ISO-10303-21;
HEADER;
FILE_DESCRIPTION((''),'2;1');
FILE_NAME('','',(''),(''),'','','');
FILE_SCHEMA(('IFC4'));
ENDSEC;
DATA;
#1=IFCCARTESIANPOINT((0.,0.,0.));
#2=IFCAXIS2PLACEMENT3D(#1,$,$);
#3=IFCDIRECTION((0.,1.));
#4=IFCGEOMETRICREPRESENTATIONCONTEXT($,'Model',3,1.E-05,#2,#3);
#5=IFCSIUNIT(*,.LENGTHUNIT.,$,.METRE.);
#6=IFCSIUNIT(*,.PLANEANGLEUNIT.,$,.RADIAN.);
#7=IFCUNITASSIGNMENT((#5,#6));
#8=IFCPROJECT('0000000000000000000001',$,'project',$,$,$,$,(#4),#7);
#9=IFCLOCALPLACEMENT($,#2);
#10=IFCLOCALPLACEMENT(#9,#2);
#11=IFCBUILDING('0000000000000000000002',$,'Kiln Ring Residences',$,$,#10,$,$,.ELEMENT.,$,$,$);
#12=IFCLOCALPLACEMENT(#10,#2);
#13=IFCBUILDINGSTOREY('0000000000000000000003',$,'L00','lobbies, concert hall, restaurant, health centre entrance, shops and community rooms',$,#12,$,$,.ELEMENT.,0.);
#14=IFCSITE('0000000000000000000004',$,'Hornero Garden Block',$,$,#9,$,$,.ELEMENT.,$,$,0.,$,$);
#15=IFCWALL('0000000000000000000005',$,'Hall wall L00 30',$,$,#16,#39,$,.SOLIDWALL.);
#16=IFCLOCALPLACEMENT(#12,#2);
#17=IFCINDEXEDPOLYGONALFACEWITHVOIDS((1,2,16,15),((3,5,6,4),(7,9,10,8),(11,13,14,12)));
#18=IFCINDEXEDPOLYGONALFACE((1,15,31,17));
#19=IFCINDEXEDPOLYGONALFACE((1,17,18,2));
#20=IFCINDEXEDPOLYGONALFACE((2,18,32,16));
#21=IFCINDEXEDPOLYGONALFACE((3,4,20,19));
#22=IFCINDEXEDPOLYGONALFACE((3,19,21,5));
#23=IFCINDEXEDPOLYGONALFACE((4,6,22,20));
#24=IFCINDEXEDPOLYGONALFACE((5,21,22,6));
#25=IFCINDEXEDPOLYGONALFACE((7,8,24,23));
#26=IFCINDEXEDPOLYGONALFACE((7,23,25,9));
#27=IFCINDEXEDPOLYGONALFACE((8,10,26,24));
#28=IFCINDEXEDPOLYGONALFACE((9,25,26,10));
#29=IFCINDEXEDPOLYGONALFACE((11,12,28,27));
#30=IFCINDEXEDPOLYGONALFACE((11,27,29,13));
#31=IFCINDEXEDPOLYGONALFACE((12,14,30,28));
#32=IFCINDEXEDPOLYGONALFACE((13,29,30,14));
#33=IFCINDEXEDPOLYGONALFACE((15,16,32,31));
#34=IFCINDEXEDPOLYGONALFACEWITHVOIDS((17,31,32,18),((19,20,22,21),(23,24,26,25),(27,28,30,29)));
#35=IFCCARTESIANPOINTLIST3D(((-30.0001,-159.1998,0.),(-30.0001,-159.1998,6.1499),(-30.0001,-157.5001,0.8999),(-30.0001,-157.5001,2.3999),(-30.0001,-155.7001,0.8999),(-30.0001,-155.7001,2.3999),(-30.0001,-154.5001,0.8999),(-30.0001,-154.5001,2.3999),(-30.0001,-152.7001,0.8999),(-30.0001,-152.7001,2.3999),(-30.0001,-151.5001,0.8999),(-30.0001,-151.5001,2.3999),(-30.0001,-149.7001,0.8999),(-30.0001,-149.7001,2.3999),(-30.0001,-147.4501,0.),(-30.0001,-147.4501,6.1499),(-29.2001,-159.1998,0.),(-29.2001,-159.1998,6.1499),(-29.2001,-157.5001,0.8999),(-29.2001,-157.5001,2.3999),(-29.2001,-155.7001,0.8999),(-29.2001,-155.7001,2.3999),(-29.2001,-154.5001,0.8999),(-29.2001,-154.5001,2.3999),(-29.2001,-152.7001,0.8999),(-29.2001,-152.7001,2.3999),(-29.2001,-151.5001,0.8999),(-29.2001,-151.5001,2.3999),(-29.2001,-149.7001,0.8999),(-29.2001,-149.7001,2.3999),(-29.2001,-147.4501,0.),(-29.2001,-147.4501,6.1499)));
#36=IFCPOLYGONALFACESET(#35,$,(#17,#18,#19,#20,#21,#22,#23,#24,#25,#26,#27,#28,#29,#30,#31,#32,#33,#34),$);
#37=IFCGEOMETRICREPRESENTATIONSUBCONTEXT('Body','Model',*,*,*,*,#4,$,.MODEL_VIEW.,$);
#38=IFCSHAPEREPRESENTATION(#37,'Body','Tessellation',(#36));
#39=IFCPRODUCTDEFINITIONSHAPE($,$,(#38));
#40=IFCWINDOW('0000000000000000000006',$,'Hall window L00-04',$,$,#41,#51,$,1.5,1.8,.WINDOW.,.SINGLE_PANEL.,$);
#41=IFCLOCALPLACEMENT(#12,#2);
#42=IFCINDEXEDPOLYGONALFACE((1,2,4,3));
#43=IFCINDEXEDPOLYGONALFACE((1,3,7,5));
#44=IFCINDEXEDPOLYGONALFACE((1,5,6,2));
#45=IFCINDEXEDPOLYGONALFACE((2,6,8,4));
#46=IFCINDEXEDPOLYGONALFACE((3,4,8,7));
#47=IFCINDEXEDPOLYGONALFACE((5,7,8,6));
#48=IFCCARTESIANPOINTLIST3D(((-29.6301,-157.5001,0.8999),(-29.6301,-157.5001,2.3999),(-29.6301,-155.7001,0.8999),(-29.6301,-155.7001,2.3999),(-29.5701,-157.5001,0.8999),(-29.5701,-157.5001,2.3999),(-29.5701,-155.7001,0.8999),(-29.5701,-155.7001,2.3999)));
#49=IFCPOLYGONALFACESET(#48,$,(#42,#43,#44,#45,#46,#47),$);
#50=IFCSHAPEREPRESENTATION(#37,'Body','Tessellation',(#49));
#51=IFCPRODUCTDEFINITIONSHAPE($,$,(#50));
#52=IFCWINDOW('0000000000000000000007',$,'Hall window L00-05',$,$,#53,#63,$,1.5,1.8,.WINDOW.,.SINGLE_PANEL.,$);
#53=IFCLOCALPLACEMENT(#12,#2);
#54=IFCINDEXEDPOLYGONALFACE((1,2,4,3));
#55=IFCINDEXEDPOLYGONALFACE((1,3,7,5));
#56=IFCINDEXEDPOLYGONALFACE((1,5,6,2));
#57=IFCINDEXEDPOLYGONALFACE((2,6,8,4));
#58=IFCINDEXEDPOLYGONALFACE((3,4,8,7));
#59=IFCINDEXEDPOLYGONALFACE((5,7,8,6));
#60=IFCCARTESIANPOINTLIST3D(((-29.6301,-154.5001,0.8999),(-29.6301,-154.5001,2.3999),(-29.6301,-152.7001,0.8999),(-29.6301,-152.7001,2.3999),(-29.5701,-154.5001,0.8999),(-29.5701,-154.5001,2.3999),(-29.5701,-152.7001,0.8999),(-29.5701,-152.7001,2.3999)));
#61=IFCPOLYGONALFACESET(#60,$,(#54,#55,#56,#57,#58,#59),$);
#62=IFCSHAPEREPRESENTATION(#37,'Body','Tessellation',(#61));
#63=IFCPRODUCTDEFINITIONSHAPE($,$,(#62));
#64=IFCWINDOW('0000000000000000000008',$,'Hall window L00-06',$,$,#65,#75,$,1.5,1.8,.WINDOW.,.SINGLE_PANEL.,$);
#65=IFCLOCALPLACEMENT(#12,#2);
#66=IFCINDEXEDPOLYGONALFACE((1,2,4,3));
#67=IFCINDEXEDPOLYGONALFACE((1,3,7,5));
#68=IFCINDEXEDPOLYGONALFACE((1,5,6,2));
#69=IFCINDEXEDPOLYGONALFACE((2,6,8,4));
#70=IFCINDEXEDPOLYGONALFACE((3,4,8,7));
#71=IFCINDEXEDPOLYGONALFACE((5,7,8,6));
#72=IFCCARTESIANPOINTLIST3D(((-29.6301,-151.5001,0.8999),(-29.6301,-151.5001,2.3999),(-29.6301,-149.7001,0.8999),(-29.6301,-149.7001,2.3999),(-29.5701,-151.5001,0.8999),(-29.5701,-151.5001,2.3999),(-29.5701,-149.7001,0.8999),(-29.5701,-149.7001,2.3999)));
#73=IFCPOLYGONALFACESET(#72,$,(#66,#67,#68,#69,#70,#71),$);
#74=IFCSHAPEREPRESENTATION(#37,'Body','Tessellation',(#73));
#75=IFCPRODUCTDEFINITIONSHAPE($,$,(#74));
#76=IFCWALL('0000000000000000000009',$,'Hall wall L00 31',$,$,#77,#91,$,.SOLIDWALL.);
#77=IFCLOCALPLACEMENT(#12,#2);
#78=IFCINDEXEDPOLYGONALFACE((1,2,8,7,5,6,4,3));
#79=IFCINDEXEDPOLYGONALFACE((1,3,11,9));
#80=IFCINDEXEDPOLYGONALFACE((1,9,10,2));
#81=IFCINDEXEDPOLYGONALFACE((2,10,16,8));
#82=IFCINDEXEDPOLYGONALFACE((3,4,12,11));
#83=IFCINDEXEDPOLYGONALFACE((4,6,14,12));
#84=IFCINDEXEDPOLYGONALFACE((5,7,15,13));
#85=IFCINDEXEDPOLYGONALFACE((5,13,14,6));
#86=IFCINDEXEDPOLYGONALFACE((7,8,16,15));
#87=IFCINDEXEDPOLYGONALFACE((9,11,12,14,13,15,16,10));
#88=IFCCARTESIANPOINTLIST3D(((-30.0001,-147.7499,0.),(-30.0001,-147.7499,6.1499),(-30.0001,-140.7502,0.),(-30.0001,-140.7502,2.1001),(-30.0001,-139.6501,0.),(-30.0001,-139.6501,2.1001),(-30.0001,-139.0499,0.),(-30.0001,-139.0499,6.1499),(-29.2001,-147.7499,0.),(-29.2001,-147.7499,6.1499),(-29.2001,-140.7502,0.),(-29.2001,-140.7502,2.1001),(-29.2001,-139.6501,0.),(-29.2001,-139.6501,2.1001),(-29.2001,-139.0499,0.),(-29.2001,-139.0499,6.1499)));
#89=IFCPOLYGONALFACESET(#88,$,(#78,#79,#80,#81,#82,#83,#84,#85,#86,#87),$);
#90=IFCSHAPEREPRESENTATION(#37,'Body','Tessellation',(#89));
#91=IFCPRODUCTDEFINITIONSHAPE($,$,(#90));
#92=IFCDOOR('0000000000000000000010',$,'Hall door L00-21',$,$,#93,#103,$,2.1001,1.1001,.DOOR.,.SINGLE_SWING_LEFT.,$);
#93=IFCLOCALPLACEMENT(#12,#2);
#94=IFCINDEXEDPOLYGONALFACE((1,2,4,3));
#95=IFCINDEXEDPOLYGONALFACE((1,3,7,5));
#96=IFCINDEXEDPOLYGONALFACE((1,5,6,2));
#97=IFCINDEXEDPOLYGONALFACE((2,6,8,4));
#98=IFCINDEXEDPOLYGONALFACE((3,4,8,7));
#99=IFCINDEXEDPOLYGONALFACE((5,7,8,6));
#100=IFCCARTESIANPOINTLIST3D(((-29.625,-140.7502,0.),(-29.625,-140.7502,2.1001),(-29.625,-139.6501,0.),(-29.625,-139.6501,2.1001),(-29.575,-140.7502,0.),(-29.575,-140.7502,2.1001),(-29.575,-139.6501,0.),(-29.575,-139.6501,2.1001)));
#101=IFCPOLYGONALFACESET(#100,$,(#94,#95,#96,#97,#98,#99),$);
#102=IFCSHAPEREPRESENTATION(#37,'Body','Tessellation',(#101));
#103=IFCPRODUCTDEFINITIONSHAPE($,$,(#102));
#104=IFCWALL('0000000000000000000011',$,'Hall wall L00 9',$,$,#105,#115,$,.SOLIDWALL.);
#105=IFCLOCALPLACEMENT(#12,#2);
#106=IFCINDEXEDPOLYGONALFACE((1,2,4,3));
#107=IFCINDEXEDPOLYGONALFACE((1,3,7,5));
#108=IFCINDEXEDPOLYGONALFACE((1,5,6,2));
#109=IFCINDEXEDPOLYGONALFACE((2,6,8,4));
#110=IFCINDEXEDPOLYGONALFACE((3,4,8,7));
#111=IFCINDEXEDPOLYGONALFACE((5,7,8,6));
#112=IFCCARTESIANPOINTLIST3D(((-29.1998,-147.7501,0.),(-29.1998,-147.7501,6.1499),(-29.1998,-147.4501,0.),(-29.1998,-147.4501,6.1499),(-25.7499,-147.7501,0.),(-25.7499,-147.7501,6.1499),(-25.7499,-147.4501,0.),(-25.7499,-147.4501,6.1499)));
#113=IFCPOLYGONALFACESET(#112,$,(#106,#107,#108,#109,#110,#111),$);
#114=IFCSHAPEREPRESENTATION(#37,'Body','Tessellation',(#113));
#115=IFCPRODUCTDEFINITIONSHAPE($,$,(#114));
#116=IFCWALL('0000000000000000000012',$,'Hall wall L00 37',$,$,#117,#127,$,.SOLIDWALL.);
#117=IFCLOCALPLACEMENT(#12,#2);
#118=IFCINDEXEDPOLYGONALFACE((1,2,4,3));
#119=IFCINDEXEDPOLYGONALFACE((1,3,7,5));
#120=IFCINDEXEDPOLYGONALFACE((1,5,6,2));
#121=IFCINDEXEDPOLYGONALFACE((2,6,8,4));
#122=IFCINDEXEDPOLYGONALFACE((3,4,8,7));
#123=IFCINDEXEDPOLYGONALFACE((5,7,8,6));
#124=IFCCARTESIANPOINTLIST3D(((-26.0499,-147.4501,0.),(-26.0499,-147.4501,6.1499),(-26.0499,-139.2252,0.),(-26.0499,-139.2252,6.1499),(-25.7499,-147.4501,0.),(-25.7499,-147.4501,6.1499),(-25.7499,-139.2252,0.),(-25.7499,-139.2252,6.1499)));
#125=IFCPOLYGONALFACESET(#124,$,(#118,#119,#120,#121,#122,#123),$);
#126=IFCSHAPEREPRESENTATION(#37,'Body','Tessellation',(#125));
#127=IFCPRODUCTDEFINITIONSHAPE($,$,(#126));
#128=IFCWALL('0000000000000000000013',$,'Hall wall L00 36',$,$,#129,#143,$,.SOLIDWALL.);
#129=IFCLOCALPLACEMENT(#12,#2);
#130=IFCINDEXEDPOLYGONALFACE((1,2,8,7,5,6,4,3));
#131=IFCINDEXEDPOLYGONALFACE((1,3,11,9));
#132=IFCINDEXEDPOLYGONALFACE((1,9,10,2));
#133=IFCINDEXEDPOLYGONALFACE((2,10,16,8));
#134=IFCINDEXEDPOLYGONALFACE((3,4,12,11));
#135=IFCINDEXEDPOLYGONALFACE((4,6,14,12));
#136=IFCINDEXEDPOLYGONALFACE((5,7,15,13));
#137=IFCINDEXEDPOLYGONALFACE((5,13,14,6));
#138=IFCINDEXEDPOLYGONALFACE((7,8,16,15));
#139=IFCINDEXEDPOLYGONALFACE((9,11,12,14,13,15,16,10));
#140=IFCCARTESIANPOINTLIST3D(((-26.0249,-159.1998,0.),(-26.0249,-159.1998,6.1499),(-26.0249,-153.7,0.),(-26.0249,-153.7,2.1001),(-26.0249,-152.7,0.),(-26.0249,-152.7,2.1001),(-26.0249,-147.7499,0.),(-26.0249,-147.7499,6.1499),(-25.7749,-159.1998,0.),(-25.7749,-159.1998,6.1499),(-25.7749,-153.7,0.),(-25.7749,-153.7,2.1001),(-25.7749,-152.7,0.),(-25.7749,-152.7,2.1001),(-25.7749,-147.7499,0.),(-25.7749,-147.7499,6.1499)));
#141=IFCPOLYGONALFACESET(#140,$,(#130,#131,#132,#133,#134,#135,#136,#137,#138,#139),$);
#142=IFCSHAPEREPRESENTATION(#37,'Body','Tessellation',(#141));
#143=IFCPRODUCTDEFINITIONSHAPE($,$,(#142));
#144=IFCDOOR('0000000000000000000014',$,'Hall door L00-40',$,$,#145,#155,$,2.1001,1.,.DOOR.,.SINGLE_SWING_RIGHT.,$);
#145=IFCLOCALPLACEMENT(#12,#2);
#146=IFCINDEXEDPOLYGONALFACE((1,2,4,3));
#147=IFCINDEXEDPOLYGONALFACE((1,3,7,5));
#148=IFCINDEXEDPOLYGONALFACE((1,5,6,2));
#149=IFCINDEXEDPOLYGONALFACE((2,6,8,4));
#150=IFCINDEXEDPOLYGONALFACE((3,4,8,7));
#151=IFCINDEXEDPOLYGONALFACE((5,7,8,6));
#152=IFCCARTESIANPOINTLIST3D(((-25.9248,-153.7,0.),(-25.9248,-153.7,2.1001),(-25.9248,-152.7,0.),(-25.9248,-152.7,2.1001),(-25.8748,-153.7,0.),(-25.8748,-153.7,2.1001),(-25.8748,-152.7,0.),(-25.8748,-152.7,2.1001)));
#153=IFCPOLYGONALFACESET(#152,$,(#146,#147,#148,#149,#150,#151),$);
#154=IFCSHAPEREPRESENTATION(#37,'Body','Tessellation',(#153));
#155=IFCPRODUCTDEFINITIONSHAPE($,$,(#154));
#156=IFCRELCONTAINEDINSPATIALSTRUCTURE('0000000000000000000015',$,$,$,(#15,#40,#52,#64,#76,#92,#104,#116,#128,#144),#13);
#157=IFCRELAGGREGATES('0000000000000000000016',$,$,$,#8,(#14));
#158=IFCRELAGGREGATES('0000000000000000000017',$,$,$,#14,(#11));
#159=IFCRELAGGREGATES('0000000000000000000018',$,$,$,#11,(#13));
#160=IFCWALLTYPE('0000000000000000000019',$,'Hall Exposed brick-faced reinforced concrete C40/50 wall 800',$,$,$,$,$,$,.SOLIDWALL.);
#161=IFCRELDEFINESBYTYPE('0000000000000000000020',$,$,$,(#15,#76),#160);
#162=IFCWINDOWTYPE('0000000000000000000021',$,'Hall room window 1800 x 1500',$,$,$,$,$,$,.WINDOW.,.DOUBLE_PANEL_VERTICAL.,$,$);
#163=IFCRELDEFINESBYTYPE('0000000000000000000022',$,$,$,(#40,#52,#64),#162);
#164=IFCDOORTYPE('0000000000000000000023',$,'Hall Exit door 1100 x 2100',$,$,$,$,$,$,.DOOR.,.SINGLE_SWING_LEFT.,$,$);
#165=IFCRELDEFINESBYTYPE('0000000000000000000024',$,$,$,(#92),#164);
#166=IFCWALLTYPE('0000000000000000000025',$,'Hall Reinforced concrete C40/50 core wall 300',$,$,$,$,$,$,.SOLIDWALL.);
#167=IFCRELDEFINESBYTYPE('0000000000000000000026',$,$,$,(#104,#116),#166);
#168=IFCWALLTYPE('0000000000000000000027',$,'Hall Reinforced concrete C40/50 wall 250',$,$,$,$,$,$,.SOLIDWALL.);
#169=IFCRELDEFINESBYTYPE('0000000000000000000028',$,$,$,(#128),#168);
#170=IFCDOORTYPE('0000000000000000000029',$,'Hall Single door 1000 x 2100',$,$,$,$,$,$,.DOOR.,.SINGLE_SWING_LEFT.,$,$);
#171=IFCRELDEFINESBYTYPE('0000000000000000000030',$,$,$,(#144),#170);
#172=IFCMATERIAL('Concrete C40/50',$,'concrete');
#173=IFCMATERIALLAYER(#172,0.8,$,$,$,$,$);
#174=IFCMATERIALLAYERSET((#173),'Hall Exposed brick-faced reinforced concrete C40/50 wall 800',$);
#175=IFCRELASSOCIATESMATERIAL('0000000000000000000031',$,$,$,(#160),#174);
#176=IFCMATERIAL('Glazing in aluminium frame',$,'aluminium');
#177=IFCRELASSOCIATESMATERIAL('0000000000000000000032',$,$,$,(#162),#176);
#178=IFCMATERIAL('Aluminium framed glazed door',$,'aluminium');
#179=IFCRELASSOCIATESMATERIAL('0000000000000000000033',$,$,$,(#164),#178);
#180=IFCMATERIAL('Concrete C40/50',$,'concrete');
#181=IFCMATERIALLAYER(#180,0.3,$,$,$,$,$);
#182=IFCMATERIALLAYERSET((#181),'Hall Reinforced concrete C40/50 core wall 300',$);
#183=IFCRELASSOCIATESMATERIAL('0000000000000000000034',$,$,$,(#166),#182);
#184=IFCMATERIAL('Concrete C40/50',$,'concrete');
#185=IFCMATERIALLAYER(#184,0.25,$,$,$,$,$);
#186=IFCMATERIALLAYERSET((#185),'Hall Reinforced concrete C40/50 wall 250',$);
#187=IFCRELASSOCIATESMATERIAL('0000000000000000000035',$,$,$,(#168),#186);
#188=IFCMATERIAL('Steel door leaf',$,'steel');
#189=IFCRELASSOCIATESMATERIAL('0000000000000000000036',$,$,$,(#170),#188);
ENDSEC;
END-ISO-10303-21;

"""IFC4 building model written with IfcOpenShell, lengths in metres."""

from ifc_helpers import new_model, si_unit, direction, frame, frame_2d, origin, place, context, subcontext, project, spatial, rectangle, extrude, material, layer, layer_set, type_object, element, fill, save


model = new_model("IFC4")

# Units and contexts
model_context = context("Model", 3, precision=1e-05, world=origin(), true_north=direction((0.0, 1.0)))
body_context = subcontext(model_context, "Body", "Model", "MODEL_VIEW")
ifc_project = project(units=[si_unit("LENGTHUNIT", "METRE"), si_unit("PLANEANGLEUNIT", "RADIAN")], contexts=[model_context])

# Site, building, storey
site_placement = place(None, origin())
site = spatial("IfcSite", under=ifc_project, at=site_placement, Name="Hornero Garden Block", CompositionType="ELEMENT", RefElevation=0.0)
building_placement = place(site_placement, origin())
building = spatial("IfcBuilding", under=site, at=building_placement, Name="Kiln Ring Residences", CompositionType="ELEMENT")
storey_placement = place(building_placement, origin())
storey = spatial("IfcBuildingStorey", under=building, at=storey_placement, Name="L00", Description="lobbies, concert hall, restaurant, health centre entrance, shops and community rooms", CompositionType="ELEMENT", Elevation=0.0)

# Shared definitions
ifc_material_1 = material(Name="Concrete C40/50", Category="concrete")
ifc_layer_1 = layer(ifc_material_1, 0.8)
ifc_layer_set_1 = layer_set([ifc_layer_1], Name="Hall Exposed brick-faced reinforced concrete C40/50 wall 800")
wall_type_1 = type_object("IfcWallType", Name="Hall Exposed brick-faced reinforced concrete C40/50 wall 800", PredefinedType="SOLIDWALL", material=ifc_layer_set_1)
ifc_material_2 = material(Name="Glazing in aluminium frame", Category="aluminium")
window_type = type_object("IfcWindowType", Name="Hall room window 1800 x 1500", PartitioningType="DOUBLE_PANEL_VERTICAL", PredefinedType="WINDOW", material=ifc_material_2)

# Wall, openings, windows
wall_1_placement = place(storey_placement, frame((-29.6001, -159.2, 0.0), z_axis=(0.0, 0.0, 1.0), x_axis=(0.0, 1.0, 0.0)))
wall_1 = element("IfcWall", 1, at=wall_1_placement, inside=storey, type_object=wall_type_1, Name="Hall wall L00 30", PredefinedType="SOLIDWALL", context=body_context, shape_type="SweptSolid", body=[
    extrude(rectangle(XDim=11.7498, YDim=0.8, at=frame_2d((5.875, 0.0))), origin(), (0.0, 0.0, 1.0), 6.1499),
])
opening_1_placement = place(wall_1_placement, frame((1.7, 0.0, 0.8999)))
opening_1 = element("IfcOpeningElement", 2, at=opening_1_placement, cuts=wall_1, PredefinedType="OPENING", context=body_context, shape_type="SweptSolid", body=[
    extrude(rectangle(XDim=1.8, YDim=1.5, at=frame_2d((0.8999, 0.75))), frame((0.0, 0.4099, 0.0), z_axis=(0.0, -1.0, 0.0), x_axis=(1.0, 0.0, 0.0)), (0.0, 0.0, 1.0), 0.8201),
])
opening_2_placement = place(wall_1_placement, frame((4.7, 0.0, 0.8999)))
opening_2 = element("IfcOpeningElement", 3, at=opening_2_placement, cuts=wall_1, PredefinedType="OPENING", context=body_context, shape_type="SweptSolid", body=[
    extrude(rectangle(XDim=1.8, YDim=1.5, at=frame_2d((0.8999, 0.75))), frame((0.0, 0.4099, 0.0), z_axis=(0.0, -1.0, 0.0), x_axis=(1.0, 0.0, 0.0)), (0.0, 0.0, 1.0), 0.8201),
])
opening_3_placement = place(wall_1_placement, frame((7.7, 0.0, 0.8999)))
opening_3 = element("IfcOpeningElement", 4, at=opening_3_placement, cuts=wall_1, PredefinedType="OPENING", context=body_context, shape_type="SweptSolid", body=[
    extrude(rectangle(XDim=1.8, YDim=1.5, at=frame_2d((0.8999, 0.75))), frame((0.0, 0.4099, 0.0), z_axis=(0.0, -1.0, 0.0), x_axis=(1.0, 0.0, 0.0)), (0.0, 0.0, 1.0), 0.8201),
])
window_1_placement = place(opening_1_placement, origin())
window_1 = element("IfcWindow", 5, at=window_1_placement, inside=storey, type_object=window_type, Name="Hall window L00-04", OverallHeight=1.5, OverallWidth=1.8, PartitioningType="SINGLE_PANEL", PredefinedType="WINDOW", context=body_context, shape_type="SweptSolid", body=[
    extrude(rectangle(XDim=1.8, YDim=1.5, at=frame_2d((0.8999, 0.75))), frame((0.0, 0.03, 0.0), z_axis=(0.0, -1.0, 0.0), x_axis=(1.0, 0.0, 0.0)), (0.0, 0.0, 1.0), 0.0601),
])
fill(opening_1, window_1)
window_2_placement = place(opening_2_placement, origin())
window_2 = element("IfcWindow", 6, at=window_2_placement, inside=storey, type_object=window_type, Name="Hall window L00-05", OverallHeight=1.5, OverallWidth=1.8, PartitioningType="SINGLE_PANEL", PredefinedType="WINDOW", context=body_context, shape_type="SweptSolid", body=[
    extrude(rectangle(XDim=1.8, YDim=1.5, at=frame_2d((0.8999, 0.75))), frame((0.0, 0.03, 0.0), z_axis=(0.0, -1.0, 0.0), x_axis=(1.0, 0.0, 0.0)), (0.0, 0.0, 1.0), 0.0601),
])
fill(opening_2, window_2)
window_3_placement = place(opening_3_placement, origin())
window_3 = element("IfcWindow", 7, at=window_3_placement, inside=storey, type_object=window_type, Name="Hall window L00-06", OverallHeight=1.5, OverallWidth=1.8, PartitioningType="SINGLE_PANEL", PredefinedType="WINDOW", context=body_context, shape_type="SweptSolid", body=[
    extrude(rectangle(XDim=1.8, YDim=1.5, at=frame_2d((0.8999, 0.75))), frame((0.0, 0.03, 0.0), z_axis=(0.0, -1.0, 0.0), x_axis=(1.0, 0.0, 0.0)), (0.0, 0.0, 1.0), 0.0601),
])
fill(opening_3, window_3)

# Wall, opening, door
wall_2_placement = place(storey_placement, frame((-29.6001, -147.75, 0.0), z_axis=(0.0, 0.0, 1.0), x_axis=(0.0, 1.0, 0.0)))
wall_2 = element("IfcWall", 8, at=wall_2_placement, inside=storey, type_object=wall_type_1, Name="Hall wall L00 31", PredefinedType="SOLIDWALL", context=body_context, shape_type="SweptSolid", body=[
    extrude(rectangle(XDim=8.7, YDim=0.8, at=frame_2d((4.3501, 0.0))), origin(), (0.0, 0.0, 1.0), 6.1499),
])
opening_4_placement = place(wall_2_placement, frame((6.9998, 0.0, 0.0)))
opening_4 = element("IfcOpeningElement", 9, at=opening_4_placement, cuts=wall_2, PredefinedType="OPENING", context=body_context, shape_type="SweptSolid", body=[
    extrude(rectangle(XDim=1.1001, YDim=2.1001, at=frame_2d((0.55, 1.05))), frame((0.0, 0.4099, 0.0), z_axis=(0.0, -1.0, 0.0), x_axis=(1.0, 0.0, 0.0)), (0.0, 0.0, 1.0), 0.8201),
])
ifc_material_3 = material(Name="Aluminium framed glazed door", Category="aluminium")
door_type_1 = type_object("IfcDoorType", Name="Hall Exit door 1100 x 2100", OperationType="SINGLE_SWING_LEFT", PredefinedType="DOOR", material=ifc_material_3)
door_1_placement = place(opening_4_placement, origin())
door_1 = element("IfcDoor", 10, at=door_1_placement, inside=storey, type_object=door_type_1, Name="Hall door L00-21", OperationType="SINGLE_SWING_LEFT", OverallHeight=2.1001, OverallWidth=1.1001, PredefinedType="DOOR", context=body_context, shape_type="SweptSolid", body=[
    extrude(rectangle(XDim=1.1001, YDim=2.1001, at=frame_2d((0.55, 1.05))), frame((0.0, 0.0249, 0.0), z_axis=(0.0, -1.0, 0.0), x_axis=(1.0, 0.0, 0.0)), (0.0, 0.0, 1.0), 0.05),
])
fill(opening_4, door_1)

# Walls
ifc_material_4 = material(Name="Concrete C40/50", Category="concrete")
ifc_layer_2 = layer(ifc_material_4, 0.3)
ifc_layer_set_2 = layer_set([ifc_layer_2], Name="Hall Reinforced concrete C40/50 core wall 300")
wall_type_2 = type_object("IfcWallType", Name="Hall Reinforced concrete C40/50 core wall 300", PredefinedType="SOLIDWALL", material=ifc_layer_set_2)
wall_3_placement = place(storey_placement, frame((-29.2, -147.6001, 0.0), z_axis=(0.0, 0.0, 1.0), x_axis=(1.0, 0.0, 0.0)))
element("IfcWall", 11, at=wall_3_placement, inside=storey, type_object=wall_type_2, Name="Hall wall L00 9", PredefinedType="SOLIDWALL", context=body_context, shape_type="SweptSolid", body=[
    extrude(rectangle(XDim=3.45, YDim=0.3, at=frame_2d((1.7251, 0.0))), origin(), (0.0, 0.0, 1.0), 6.1499),
])
wall_4_placement = place(storey_placement, frame((-25.8999, -147.45, 0.0), z_axis=(0.0, 0.0, 1.0), x_axis=(0.0, 1.0, 0.0)))
element("IfcWall", 12, at=wall_4_placement, inside=storey, type_object=wall_type_2, Name="Hall wall L00 37", PredefinedType="SOLIDWALL", context=body_context, shape_type="SweptSolid", body=[
    extrude(rectangle(XDim=8.2249, YDim=0.3, at=frame_2d((4.1123, 0.0))), origin(), (0.0, 0.0, 1.0), 6.1499),
])

# Wall, opening, door
ifc_material_5 = material(Name="Concrete C40/50", Category="concrete")
ifc_layer_3 = layer(ifc_material_5, 0.25)
ifc_layer_set_3 = layer_set([ifc_layer_3], Name="Hall Reinforced concrete C40/50 wall 250")
wall_type_3 = type_object("IfcWallType", Name="Hall Reinforced concrete C40/50 wall 250", PredefinedType="SOLIDWALL", material=ifc_layer_set_3)
wall_5_placement = place(storey_placement, frame((-25.8999, -159.2, 0.0), z_axis=(0.0, 0.0, 1.0), x_axis=(0.0, 1.0, 0.0)))
wall_5 = element("IfcWall", 13, at=wall_5_placement, inside=storey, type_object=wall_type_3, Name="Hall wall L00 36", PredefinedType="SOLIDWALL", context=body_context, shape_type="SweptSolid", body=[
    extrude(rectangle(XDim=11.45, YDim=0.25, at=frame_2d((5.7251, 0.0))), origin(), (0.0, 0.0, 1.0), 6.1499),
])
opening_5_placement = place(wall_5_placement, frame((5.5, 0.0, 0.0)))
opening_5 = element("IfcOpeningElement", 14, at=opening_5_placement, cuts=wall_5, PredefinedType="OPENING", context=body_context, shape_type="SweptSolid", body=[
    extrude(rectangle(XDim=1.0, YDim=2.1001, at=frame_2d((0.5, 1.05))), frame((0.0, 0.135, 0.0), z_axis=(0.0, -1.0, 0.0), x_axis=(1.0, 0.0, 0.0)), (0.0, 0.0, 1.0), 0.27),
])
ifc_material_6 = material(Name="Steel door leaf", Category="steel")
door_type_2 = type_object("IfcDoorType", Name="Hall Single door 1000 x 2100", OperationType="SINGLE_SWING_LEFT", PredefinedType="DOOR", material=ifc_material_6)
door_2_placement = place(opening_5_placement, origin())
door_2 = element("IfcDoor", 15, at=door_2_placement, inside=storey, type_object=door_type_2, Name="Hall door L00-40", OperationType="SINGLE_SWING_RIGHT", OverallHeight=2.1001, OverallWidth=1.0, PredefinedType="DOOR", context=body_context, shape_type="SweptSolid", body=[
    extrude(rectangle(XDim=1.0, YDim=2.1001, at=frame_2d((0.5, 1.05))), frame((0.0, 0.0249, 0.0), z_axis=(0.0, -1.0, 0.0), x_axis=(1.0, 0.0, 0.0)), (0.0, 0.0, 1.0), 0.05),
])
fill(opening_5, door_2)

save(model, "model.ifc")
